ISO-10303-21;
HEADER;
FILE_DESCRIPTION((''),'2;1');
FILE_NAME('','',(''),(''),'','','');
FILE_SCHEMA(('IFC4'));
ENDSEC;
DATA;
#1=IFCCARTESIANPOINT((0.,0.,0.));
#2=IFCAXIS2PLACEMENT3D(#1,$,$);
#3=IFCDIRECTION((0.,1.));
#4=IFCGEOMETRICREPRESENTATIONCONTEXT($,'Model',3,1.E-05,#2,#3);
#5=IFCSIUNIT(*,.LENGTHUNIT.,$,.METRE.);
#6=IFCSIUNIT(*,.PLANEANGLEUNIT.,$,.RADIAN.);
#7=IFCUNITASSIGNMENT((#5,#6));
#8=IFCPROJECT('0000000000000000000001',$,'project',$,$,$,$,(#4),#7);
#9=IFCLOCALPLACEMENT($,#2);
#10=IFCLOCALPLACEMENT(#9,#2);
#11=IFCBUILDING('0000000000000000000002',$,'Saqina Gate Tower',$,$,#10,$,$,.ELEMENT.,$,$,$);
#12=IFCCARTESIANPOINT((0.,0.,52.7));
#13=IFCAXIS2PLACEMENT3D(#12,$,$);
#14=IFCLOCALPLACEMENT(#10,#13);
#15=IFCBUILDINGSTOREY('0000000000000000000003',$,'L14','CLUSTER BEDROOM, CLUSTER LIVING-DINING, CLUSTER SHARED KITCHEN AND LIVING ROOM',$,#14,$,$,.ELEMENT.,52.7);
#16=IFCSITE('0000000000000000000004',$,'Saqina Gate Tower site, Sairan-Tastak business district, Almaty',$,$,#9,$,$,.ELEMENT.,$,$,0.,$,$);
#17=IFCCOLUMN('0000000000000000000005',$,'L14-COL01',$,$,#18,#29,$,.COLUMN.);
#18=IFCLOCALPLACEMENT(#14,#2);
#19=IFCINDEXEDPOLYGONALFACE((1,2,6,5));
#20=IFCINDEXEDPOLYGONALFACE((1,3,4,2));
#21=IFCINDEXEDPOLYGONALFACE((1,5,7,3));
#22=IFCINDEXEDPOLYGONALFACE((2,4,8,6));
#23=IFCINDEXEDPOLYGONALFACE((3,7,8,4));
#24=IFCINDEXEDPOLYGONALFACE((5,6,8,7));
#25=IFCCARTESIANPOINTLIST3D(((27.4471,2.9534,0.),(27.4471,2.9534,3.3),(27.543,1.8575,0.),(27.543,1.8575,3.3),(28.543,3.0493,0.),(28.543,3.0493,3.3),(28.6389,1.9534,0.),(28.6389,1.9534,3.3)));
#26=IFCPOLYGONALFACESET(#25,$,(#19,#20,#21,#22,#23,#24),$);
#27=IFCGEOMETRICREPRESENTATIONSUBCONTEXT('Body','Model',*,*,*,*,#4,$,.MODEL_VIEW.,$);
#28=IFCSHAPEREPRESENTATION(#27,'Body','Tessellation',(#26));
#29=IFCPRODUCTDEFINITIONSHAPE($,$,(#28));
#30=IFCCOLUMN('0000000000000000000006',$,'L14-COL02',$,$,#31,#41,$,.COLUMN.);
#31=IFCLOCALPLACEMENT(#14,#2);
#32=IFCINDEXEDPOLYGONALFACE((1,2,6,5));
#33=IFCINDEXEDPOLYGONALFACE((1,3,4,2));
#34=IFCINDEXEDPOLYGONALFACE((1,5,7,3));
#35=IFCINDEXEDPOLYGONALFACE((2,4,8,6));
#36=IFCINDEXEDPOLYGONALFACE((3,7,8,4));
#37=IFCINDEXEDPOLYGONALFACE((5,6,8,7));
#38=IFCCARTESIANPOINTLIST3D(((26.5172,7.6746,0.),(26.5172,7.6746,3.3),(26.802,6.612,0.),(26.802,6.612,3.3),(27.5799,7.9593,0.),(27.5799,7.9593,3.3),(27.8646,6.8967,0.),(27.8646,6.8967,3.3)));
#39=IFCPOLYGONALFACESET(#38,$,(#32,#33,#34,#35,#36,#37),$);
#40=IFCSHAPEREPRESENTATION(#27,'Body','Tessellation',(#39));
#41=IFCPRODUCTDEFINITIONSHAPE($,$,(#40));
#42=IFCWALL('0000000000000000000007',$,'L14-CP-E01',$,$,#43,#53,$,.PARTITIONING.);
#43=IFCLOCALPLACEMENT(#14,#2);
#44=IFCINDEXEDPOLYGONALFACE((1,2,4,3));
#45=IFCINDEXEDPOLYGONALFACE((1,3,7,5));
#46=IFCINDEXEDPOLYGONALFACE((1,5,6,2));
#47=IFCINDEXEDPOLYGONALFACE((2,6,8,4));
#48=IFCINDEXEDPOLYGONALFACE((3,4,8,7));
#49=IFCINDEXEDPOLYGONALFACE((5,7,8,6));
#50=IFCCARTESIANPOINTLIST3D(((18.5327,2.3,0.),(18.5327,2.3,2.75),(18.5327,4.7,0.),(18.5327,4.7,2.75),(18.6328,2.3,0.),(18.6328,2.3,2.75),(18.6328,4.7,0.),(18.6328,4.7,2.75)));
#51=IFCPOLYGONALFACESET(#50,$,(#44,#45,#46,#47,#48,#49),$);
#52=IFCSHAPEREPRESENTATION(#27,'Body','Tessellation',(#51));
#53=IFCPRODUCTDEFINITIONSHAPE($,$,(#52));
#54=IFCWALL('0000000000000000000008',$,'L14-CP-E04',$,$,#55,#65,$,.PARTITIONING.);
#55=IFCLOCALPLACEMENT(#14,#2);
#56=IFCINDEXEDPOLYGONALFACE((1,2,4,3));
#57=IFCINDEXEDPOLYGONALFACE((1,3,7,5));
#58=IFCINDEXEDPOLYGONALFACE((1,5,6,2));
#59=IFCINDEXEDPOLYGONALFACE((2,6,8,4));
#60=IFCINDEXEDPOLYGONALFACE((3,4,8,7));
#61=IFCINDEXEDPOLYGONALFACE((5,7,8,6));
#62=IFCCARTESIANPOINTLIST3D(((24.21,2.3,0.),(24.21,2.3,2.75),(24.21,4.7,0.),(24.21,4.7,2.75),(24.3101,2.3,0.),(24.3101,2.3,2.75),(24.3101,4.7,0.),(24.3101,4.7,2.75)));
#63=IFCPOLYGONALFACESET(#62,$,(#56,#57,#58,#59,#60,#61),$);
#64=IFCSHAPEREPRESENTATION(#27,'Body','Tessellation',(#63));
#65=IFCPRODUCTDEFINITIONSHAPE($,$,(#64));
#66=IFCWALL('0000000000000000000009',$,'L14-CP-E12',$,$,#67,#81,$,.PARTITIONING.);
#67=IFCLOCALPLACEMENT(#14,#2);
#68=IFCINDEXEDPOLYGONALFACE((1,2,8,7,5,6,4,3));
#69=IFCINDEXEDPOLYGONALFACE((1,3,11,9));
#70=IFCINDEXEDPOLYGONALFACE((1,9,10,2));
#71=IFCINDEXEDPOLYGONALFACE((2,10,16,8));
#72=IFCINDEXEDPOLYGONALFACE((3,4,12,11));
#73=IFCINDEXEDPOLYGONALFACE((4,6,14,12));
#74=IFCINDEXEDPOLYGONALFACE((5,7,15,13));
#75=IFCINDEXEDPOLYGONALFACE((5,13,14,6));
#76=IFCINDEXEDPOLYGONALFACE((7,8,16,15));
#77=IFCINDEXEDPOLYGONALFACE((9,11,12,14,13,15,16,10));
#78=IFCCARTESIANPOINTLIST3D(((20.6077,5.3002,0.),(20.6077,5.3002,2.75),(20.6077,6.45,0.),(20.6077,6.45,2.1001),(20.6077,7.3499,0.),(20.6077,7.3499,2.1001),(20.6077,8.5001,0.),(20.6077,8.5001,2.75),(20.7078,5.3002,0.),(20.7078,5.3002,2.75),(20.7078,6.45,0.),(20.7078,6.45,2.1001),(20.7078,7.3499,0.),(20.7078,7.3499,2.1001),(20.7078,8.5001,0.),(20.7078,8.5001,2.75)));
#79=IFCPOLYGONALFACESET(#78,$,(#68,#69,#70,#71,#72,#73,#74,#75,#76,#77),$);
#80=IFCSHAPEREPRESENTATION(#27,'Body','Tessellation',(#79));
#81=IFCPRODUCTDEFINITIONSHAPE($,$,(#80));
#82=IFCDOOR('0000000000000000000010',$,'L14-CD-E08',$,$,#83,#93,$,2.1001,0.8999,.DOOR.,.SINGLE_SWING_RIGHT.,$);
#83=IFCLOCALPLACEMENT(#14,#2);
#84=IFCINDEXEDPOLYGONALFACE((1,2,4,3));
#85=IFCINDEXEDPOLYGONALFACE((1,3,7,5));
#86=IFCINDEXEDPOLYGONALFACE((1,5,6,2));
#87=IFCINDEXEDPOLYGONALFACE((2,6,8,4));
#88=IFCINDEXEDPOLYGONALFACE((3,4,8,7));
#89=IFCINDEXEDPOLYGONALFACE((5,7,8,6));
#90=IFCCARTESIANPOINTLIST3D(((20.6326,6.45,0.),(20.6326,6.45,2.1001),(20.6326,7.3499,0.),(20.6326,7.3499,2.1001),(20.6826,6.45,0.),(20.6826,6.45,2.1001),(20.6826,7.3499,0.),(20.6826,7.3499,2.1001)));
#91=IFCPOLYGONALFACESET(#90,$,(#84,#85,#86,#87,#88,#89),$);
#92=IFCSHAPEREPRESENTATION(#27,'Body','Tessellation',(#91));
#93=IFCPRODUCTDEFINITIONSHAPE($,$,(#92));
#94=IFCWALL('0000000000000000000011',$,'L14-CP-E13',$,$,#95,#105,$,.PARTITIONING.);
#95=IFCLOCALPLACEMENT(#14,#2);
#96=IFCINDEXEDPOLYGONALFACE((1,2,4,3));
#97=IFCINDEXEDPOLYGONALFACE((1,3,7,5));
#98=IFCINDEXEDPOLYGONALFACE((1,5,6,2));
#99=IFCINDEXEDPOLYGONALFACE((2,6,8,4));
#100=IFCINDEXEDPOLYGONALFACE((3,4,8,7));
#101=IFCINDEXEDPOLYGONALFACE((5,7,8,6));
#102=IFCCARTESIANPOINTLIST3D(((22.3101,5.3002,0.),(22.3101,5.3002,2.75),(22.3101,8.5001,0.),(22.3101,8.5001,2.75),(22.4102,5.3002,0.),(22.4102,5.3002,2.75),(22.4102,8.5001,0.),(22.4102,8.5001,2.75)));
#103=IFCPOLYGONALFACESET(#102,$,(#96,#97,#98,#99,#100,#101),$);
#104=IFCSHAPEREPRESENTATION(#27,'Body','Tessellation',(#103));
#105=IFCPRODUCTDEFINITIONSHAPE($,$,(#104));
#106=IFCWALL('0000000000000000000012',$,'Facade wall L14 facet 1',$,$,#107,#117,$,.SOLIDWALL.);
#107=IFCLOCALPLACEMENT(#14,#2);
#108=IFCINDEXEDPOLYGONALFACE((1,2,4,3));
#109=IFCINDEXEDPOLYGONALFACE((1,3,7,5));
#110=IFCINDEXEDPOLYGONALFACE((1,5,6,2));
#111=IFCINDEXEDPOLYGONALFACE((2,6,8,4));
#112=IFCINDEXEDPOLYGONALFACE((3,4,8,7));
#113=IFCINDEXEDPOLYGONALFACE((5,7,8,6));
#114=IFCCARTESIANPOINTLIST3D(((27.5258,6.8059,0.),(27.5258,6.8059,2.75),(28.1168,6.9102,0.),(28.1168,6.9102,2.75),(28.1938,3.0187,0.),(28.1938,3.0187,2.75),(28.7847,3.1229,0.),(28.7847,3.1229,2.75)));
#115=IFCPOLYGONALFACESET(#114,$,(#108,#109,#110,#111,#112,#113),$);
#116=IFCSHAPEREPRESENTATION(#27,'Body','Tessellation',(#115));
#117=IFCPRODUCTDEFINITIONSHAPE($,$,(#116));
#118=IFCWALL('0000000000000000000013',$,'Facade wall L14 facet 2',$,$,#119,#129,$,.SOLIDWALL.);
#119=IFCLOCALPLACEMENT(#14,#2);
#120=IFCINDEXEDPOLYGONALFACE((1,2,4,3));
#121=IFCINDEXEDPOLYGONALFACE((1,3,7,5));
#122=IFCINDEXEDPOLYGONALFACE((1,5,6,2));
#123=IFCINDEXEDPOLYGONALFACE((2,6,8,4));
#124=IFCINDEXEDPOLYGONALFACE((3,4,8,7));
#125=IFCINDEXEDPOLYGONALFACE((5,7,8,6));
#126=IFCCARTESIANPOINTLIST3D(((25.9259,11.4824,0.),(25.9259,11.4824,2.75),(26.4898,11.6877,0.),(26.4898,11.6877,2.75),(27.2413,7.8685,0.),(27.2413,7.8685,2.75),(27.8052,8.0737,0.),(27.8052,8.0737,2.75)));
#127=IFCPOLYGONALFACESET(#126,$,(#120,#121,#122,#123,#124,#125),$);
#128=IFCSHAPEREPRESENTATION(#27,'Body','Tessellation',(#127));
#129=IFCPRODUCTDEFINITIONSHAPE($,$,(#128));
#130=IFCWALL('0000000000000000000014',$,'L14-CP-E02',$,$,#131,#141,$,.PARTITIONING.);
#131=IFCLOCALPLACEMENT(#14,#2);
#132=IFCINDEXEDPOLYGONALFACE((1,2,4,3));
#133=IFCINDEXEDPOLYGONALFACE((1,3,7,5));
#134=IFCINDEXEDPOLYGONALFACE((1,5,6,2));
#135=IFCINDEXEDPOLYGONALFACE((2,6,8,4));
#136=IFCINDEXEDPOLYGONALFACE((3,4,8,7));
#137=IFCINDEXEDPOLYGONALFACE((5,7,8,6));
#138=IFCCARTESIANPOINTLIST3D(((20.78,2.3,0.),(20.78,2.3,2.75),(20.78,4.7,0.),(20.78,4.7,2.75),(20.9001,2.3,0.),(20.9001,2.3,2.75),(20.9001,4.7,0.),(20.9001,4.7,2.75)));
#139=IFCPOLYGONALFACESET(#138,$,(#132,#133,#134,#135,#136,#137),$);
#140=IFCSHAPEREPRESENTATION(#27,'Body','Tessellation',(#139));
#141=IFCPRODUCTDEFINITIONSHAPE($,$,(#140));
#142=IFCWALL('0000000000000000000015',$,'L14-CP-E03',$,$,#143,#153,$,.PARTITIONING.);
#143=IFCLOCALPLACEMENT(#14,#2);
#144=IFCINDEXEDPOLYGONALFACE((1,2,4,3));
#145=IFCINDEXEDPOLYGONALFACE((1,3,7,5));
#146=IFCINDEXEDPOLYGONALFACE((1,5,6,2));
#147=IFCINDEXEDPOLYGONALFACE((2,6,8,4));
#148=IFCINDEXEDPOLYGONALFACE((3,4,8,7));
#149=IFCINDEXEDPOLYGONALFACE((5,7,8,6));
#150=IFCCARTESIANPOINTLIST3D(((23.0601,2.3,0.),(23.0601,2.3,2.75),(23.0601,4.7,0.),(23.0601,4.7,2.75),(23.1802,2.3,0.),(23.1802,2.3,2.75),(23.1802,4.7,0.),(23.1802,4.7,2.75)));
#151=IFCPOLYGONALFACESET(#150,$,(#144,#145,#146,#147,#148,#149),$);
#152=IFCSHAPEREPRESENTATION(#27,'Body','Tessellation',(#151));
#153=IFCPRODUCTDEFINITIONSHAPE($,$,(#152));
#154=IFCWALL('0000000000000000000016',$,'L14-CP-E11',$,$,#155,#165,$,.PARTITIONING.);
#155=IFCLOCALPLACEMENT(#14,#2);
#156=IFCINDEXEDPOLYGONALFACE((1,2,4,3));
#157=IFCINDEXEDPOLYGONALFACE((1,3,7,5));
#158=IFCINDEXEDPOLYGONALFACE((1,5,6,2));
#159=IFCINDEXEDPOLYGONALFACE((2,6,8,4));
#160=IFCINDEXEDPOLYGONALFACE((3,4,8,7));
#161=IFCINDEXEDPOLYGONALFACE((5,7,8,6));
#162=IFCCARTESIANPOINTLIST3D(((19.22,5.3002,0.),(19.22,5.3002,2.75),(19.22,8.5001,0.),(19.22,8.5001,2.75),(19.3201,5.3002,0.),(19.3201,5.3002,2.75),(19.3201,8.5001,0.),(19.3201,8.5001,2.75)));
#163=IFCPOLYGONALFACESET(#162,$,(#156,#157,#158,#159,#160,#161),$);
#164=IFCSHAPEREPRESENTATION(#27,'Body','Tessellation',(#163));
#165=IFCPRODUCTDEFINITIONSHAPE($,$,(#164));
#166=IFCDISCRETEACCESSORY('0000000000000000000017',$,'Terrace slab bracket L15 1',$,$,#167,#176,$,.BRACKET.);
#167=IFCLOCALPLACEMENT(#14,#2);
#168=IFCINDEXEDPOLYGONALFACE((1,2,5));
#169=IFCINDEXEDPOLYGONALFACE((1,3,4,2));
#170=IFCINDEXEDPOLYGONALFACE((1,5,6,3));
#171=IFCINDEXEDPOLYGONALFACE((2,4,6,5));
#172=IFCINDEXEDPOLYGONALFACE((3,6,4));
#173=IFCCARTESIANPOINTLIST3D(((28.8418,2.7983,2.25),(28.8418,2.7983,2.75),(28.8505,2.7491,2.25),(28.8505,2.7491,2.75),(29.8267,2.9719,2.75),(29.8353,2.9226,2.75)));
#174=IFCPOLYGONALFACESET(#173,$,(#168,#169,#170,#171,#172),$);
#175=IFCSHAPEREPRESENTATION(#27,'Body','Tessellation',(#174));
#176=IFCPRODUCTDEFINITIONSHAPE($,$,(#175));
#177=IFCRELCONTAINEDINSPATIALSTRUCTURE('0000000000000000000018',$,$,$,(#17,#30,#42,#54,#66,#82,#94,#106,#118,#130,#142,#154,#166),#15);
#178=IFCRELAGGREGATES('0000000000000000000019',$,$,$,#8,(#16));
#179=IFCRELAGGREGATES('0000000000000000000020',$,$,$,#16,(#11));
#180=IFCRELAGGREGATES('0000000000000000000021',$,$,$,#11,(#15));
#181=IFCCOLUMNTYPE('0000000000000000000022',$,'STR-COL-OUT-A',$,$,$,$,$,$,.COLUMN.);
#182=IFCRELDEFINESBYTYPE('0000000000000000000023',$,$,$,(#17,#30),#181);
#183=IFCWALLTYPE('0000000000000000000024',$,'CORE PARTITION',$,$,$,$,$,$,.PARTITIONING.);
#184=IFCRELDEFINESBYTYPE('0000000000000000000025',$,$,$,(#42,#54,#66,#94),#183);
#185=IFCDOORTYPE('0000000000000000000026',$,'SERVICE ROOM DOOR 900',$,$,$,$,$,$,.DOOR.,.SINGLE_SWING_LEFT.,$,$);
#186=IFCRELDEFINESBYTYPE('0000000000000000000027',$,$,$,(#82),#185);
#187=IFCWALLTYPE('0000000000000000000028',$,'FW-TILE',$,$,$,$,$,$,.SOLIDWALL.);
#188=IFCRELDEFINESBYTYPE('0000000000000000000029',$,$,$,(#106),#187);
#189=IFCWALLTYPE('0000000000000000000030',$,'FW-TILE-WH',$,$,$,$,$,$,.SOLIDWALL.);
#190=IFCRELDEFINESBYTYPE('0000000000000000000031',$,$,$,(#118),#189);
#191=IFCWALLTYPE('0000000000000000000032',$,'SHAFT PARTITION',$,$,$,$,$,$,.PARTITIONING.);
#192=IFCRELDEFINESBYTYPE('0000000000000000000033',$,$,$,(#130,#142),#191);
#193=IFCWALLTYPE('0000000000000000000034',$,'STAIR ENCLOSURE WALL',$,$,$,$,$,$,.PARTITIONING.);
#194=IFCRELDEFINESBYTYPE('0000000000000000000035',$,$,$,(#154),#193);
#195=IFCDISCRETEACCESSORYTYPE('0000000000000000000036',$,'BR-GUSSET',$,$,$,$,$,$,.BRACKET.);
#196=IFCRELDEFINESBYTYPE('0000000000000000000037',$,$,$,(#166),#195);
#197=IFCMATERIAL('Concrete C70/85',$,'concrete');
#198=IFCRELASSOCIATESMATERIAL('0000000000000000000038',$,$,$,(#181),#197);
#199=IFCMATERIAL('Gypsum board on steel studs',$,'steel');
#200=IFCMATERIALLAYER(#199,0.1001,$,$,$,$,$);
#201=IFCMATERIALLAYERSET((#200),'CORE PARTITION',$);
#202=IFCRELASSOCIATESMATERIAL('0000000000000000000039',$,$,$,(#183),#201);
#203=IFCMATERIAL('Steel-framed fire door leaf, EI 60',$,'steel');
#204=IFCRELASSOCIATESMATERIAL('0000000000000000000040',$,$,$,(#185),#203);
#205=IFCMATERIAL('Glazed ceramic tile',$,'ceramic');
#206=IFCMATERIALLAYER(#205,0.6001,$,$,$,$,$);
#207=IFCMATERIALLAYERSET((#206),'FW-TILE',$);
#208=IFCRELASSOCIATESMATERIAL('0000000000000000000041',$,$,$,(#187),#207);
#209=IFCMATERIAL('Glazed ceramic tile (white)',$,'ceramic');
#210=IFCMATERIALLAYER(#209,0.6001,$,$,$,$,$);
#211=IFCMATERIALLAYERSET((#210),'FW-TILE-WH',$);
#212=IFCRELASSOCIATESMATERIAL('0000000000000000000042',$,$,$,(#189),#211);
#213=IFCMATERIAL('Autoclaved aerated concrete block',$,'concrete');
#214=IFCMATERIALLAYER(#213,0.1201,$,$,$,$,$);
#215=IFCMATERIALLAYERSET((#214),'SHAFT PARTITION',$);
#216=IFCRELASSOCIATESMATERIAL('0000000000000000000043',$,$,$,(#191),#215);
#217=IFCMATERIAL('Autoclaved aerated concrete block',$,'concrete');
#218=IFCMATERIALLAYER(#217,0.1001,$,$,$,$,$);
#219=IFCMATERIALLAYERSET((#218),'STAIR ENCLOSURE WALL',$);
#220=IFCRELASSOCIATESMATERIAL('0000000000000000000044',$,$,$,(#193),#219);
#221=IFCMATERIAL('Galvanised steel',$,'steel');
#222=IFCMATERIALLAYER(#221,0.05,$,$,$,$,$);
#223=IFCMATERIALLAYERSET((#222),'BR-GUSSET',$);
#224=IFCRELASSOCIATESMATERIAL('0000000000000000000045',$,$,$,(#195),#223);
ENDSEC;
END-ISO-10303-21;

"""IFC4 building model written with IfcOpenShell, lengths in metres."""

from ifc_helpers import new_model, si_unit, direction, frame, frame_2d, origin, origin_2d, place, context, subcontext, project, spatial, polyline, rectangle, outline, extrude, material, layer, layer_set, material_profile, profile_set, type_object, element, fill, save


model = new_model("IFC4")

# Units and contexts
model_context = context("Model", 3, precision=1e-05, world=origin(), true_north=direction((0.0, 1.0)))
body_context = subcontext(model_context, "Body", "Model", "MODEL_VIEW")
ifc_project = project(units=[si_unit("LENGTHUNIT", "METRE"), si_unit("PLANEANGLEUNIT", "RADIAN")], contexts=[model_context])

# Site, building, storey
site_placement = place(None, origin())
site = spatial("IfcSite", under=ifc_project, at=site_placement, Name="Saqina Gate Tower site, Sairan-Tastak business district, Almaty", CompositionType="ELEMENT", RefElevation=0.0)
building_placement = place(site_placement, origin())
building = spatial("IfcBuilding", under=site, at=building_placement, Name="Saqina Gate Tower", CompositionType="ELEMENT")
storey_placement = place(building_placement, frame((0.0, 0.0, 52.7)))
storey = spatial("IfcBuildingStorey", under=building, at=storey_placement, Name="L14", Description="CLUSTER BEDROOM, CLUSTER LIVING-DINING, CLUSTER SHARED KITCHEN AND LIVING ROOM", CompositionType="ELEMENT", Elevation=52.7)

# Columns
ifc_material_1 = material(Name="Concrete C70/85", Category="concrete")
ifc_material_profile = material_profile(ifc_material_1, rectangle(XDim=1.1001, YDim=1.1001, at=origin_2d()), Name="RC 1100x1100")
ifc_profile_set = profile_set([ifc_material_profile], Name="Concrete C70/85")
column_type = type_object("IfcColumnType", Name="STR-COL-OUT-A", PredefinedType="COLUMN", material=ifc_profile_set)
for number, where, z_axis, x_axis, name in (
    (1, (28.043, 2.4534, 0.0), (0.0, 0.0, 1.0), (0.996195, 0.087156, 0.0), "L14-COL01"),
    (2, (27.1909, 7.2856, 0.0), (0.0, 0.0, 1.0), (0.965926, 0.258819, 0.0), "L14-COL02"),
):
    element("IfcColumn", number, at=place(storey_placement, frame(where, z_axis=z_axis, x_axis=x_axis)), inside=storey, type_object=column_type, Name=name, PredefinedType="COLUMN", context=body_context, shape_type="SweptSolid", body=[
        extrude(rectangle(XDim=1.1001, YDim=1.1001, at=origin_2d()), origin(), (0.0, 0.0, 1.0), 3.3),
    ])

# Walls
ifc_material_2 = material(Name="Gypsum board on steel studs", Category="steel")
ifc_layer_1 = layer(ifc_material_2, 0.1001)
ifc_layer_set_1 = layer_set([ifc_layer_1], Name="CORE PARTITION")
wall_type_1 = type_object("IfcWallType", Name="CORE PARTITION", PredefinedType="PARTITIONING", material=ifc_layer_set_1)
for number, where, z_axis, x_axis, name in (
    (3, (18.5828, 2.3, 0.0), (0.0, 0.0, 1.0), (0.0, 1.0, 0.0), "L14-CP-E01"),
    (4, (24.26, 2.3, 0.0), (0.0, 0.0, 1.0), (0.0, 1.0, 0.0), "L14-CP-E04"),
):
    element("IfcWall", number, at=place(storey_placement, frame(where, z_axis=z_axis, x_axis=x_axis)), inside=storey, type_object=wall_type_1, Name=name, PredefinedType="PARTITIONING", context=body_context, shape_type="SweptSolid", body=[
        extrude(rectangle(XDim=2.3999, YDim=0.1001, at=frame_2d((1.2, 0.0))), origin(), (0.0, 0.0, 1.0), 2.75),
    ])

# Wall, opening, door
wall_1_placement = place(storey_placement, frame((20.6577, 5.3, 0.0), z_axis=(0.0, 0.0, 1.0), x_axis=(0.0, 1.0, 0.0)))
wall_1 = element("IfcWall", 5, at=wall_1_placement, inside=storey, type_object=wall_type_1, Name="L14-CP-E12", PredefinedType="PARTITIONING", context=body_context, shape_type="SweptSolid", body=[
    extrude(rectangle(XDim=3.2, YDim=0.1001, at=frame_2d((1.6001, 0.0))), origin(), (0.0, 0.0, 1.0), 2.75),
])
opening_placement = place(wall_1_placement, frame((1.1499, 0.0, 0.0)))
opening = element("IfcOpeningElement", 6, at=opening_placement, cuts=wall_1, PredefinedType="OPENING", context=body_context, shape_type="SweptSolid", body=[
    extrude(rectangle(XDim=0.8999, YDim=2.1001, at=frame_2d((0.45, 1.05))), frame((0.0, 0.062, 0.0), z_axis=(0.0, -1.0, 0.0), x_axis=(1.0, 0.0, 0.0)), (0.0, 0.0, 1.0), 0.124),
])
ifc_material_3 = material(Name="Steel-framed fire door leaf, EI 60", Category="steel")
door_type = type_object("IfcDoorType", Name="SERVICE ROOM DOOR 900", OperationType="SINGLE_SWING_LEFT", PredefinedType="DOOR", material=ifc_material_3)
door_placement = place(opening_placement, frame((0.8999, 0.0, 0.0), z_axis=(0.0, 0.0, 1.0), x_axis=(-1.0, 0.0, 0.0)))
door = element("IfcDoor", 7, at=door_placement, inside=storey, type_object=door_type, Name="L14-CD-E08", OperationType="SINGLE_SWING_RIGHT", OverallHeight=2.1001, OverallWidth=0.8999, PredefinedType="DOOR", context=body_context, shape_type="SweptSolid", body=[
    extrude(rectangle(XDim=0.8999, YDim=2.1001, at=frame_2d((0.45, 1.05))), frame((0.0, 0.0249, 0.0), z_axis=(0.0, -1.0, 0.0), x_axis=(1.0, 0.0, 0.0)), (0.0, 0.0, 1.0), 0.05),
])
fill(opening, door)

# Walls
wall_2_placement = place(storey_placement, frame((22.3601, 5.3, 0.0), z_axis=(0.0, 0.0, 1.0), x_axis=(0.0, 1.0, 0.0)))
element("IfcWall", 8, at=wall_2_placement, inside=storey, type_object=wall_type_1, Name="L14-CP-E13", PredefinedType="PARTITIONING", context=body_context, shape_type="SweptSolid", body=[
    extrude(rectangle(XDim=3.2, YDim=0.1001, at=frame_2d((1.6001, 0.0))), origin(), (0.0, 0.0, 1.0), 2.75),
])
ifc_material_4 = material(Name="Glazed ceramic tile", Category="ceramic")
ifc_layer_2 = layer(ifc_material_4, 0.6001)
ifc_layer_set_2 = layer_set([ifc_layer_2], Name="FW-TILE")
wall_type_2 = type_object("IfcWallType", Name="FW-TILE", PredefinedType="SOLIDWALL", material=ifc_layer_set_2)
wall_3_placement = place(storey_placement, frame((28.4893, 3.0708, 0.0), z_axis=(0.0, 0.0, 1.0), x_axis=(-0.173688, 0.984801, 0.0)))
element("IfcWall", 9, at=wall_3_placement, inside=storey, type_object=wall_type_2, Name="Facade wall L14 facet 1", PredefinedType="SOLIDWALL", context=body_context, shape_type="SweptSolid", body=[
    extrude(rectangle(XDim=3.8457, YDim=0.6001, at=frame_2d((1.9229, 0.0))), origin(), (0.0, 0.0, 1.0), 2.75),
])
ifc_material_5 = material(Name="Glazed ceramic tile (white)", Category="ceramic")
ifc_layer_3 = layer(ifc_material_5, 0.6001)
ifc_layer_set_3 = layer_set([ifc_layer_3], Name="FW-TILE-WH")
wall_type_3 = type_object("IfcWallType", Name="FW-TILE-WH", PredefinedType="SOLIDWALL", material=ifc_layer_set_3)
wall_4_placement = place(storey_placement, frame((27.5232, 7.9712, 0.0), z_axis=(0.0, 0.0, 1.0), x_axis=(-0.342028, 0.93969, 0.0)))
element("IfcWall", 10, at=wall_4_placement, inside=storey, type_object=wall_type_3, Name="Facade wall L14 facet 2", PredefinedType="SOLIDWALL", context=body_context, shape_type="SweptSolid", body=[
    extrude(rectangle(XDim=3.8459, YDim=0.6001, at=frame_2d((1.9229, 0.0))), origin(), (0.0, 0.0, 1.0), 2.75),
])
ifc_material_6 = material(Name="Autoclaved aerated concrete block", Category="concrete")
ifc_layer_4 = layer(ifc_material_6, 0.1201)
ifc_layer_set_4 = layer_set([ifc_layer_4], Name="SHAFT PARTITION")
wall_type_4 = type_object("IfcWallType", Name="SHAFT PARTITION", PredefinedType="PARTITIONING", material=ifc_layer_set_4)
for number, where, z_axis, x_axis, name in (
    (11, (20.8401, 2.3, 0.0), (0.0, 0.0, 1.0), (0.0, 1.0, 0.0), "L14-CP-E02"),
    (12, (23.1201, 2.3, 0.0), (0.0, 0.0, 1.0), (0.0, 1.0, 0.0), "L14-CP-E03"),
):
    element("IfcWall", number, at=place(storey_placement, frame(where, z_axis=z_axis, x_axis=x_axis)), inside=storey, type_object=wall_type_4, Name=name, PredefinedType="PARTITIONING", context=body_context, shape_type="SweptSolid", body=[
        extrude(rectangle(XDim=2.3999, YDim=0.1201, at=frame_2d((1.2, 0.0))), origin(), (0.0, 0.0, 1.0), 2.75),
    ])
ifc_material_7 = material(Name="Autoclaved aerated concrete block", Category="concrete")
ifc_layer_5 = layer(ifc_material_7, 0.1001)
ifc_layer_set_5 = layer_set([ifc_layer_5], Name="STAIR ENCLOSURE WALL")
wall_type_5 = type_object("IfcWallType", Name="STAIR ENCLOSURE WALL", PredefinedType="PARTITIONING", material=ifc_layer_set_5)
wall_5_placement = place(storey_placement, frame((19.27, 5.3, 0.0), z_axis=(0.0, 0.0, 1.0), x_axis=(0.0, 1.0, 0.0)))
element("IfcWall", 13, at=wall_5_placement, inside=storey, type_object=wall_type_5, Name="L14-CP-E11", PredefinedType="PARTITIONING", context=body_context, shape_type="SweptSolid", body=[
    extrude(rectangle(XDim=3.2, YDim=0.1001, at=frame_2d((1.6001, 0.0))), origin(), (0.0, 0.0, 1.0), 2.75),
])

# Discrete accessory
ifc_material_8 = material(Name="Galvanised steel", Category="steel")
ifc_layer_6 = layer(ifc_material_8, 0.05)
ifc_layer_set_6 = layer_set([ifc_layer_6], Name="BR-GUSSET")
discrete_accessory_type = type_object("IfcDiscreteAccessoryType", Name="BR-GUSSET", PredefinedType="BRACKET", material=ifc_layer_set_6)
discrete_accessory_1_placement = place(storey_placement, frame((28.8418, 2.7983, 2.25), z_axis=(-0.173576, 0.98482, 0.0), x_axis=(0.0, 0.0, 1.0)))
element("IfcDiscreteAccessory", 14, at=discrete_accessory_1_placement, inside=storey, type_object=discrete_accessory_type, Name="Terrace slab bracket L15 1", PredefinedType="BRACKET", context=body_context, shape_type="SweptSolid", body=[
    extrude(outline(polyline([(0.0, 0.0), (0.5, 0.0), (0.5, 1.0), (0.0, 0.0)])), origin(), (0.0, 0.0, -1.0), 0.05),
])

save(model, "model.ifc")
